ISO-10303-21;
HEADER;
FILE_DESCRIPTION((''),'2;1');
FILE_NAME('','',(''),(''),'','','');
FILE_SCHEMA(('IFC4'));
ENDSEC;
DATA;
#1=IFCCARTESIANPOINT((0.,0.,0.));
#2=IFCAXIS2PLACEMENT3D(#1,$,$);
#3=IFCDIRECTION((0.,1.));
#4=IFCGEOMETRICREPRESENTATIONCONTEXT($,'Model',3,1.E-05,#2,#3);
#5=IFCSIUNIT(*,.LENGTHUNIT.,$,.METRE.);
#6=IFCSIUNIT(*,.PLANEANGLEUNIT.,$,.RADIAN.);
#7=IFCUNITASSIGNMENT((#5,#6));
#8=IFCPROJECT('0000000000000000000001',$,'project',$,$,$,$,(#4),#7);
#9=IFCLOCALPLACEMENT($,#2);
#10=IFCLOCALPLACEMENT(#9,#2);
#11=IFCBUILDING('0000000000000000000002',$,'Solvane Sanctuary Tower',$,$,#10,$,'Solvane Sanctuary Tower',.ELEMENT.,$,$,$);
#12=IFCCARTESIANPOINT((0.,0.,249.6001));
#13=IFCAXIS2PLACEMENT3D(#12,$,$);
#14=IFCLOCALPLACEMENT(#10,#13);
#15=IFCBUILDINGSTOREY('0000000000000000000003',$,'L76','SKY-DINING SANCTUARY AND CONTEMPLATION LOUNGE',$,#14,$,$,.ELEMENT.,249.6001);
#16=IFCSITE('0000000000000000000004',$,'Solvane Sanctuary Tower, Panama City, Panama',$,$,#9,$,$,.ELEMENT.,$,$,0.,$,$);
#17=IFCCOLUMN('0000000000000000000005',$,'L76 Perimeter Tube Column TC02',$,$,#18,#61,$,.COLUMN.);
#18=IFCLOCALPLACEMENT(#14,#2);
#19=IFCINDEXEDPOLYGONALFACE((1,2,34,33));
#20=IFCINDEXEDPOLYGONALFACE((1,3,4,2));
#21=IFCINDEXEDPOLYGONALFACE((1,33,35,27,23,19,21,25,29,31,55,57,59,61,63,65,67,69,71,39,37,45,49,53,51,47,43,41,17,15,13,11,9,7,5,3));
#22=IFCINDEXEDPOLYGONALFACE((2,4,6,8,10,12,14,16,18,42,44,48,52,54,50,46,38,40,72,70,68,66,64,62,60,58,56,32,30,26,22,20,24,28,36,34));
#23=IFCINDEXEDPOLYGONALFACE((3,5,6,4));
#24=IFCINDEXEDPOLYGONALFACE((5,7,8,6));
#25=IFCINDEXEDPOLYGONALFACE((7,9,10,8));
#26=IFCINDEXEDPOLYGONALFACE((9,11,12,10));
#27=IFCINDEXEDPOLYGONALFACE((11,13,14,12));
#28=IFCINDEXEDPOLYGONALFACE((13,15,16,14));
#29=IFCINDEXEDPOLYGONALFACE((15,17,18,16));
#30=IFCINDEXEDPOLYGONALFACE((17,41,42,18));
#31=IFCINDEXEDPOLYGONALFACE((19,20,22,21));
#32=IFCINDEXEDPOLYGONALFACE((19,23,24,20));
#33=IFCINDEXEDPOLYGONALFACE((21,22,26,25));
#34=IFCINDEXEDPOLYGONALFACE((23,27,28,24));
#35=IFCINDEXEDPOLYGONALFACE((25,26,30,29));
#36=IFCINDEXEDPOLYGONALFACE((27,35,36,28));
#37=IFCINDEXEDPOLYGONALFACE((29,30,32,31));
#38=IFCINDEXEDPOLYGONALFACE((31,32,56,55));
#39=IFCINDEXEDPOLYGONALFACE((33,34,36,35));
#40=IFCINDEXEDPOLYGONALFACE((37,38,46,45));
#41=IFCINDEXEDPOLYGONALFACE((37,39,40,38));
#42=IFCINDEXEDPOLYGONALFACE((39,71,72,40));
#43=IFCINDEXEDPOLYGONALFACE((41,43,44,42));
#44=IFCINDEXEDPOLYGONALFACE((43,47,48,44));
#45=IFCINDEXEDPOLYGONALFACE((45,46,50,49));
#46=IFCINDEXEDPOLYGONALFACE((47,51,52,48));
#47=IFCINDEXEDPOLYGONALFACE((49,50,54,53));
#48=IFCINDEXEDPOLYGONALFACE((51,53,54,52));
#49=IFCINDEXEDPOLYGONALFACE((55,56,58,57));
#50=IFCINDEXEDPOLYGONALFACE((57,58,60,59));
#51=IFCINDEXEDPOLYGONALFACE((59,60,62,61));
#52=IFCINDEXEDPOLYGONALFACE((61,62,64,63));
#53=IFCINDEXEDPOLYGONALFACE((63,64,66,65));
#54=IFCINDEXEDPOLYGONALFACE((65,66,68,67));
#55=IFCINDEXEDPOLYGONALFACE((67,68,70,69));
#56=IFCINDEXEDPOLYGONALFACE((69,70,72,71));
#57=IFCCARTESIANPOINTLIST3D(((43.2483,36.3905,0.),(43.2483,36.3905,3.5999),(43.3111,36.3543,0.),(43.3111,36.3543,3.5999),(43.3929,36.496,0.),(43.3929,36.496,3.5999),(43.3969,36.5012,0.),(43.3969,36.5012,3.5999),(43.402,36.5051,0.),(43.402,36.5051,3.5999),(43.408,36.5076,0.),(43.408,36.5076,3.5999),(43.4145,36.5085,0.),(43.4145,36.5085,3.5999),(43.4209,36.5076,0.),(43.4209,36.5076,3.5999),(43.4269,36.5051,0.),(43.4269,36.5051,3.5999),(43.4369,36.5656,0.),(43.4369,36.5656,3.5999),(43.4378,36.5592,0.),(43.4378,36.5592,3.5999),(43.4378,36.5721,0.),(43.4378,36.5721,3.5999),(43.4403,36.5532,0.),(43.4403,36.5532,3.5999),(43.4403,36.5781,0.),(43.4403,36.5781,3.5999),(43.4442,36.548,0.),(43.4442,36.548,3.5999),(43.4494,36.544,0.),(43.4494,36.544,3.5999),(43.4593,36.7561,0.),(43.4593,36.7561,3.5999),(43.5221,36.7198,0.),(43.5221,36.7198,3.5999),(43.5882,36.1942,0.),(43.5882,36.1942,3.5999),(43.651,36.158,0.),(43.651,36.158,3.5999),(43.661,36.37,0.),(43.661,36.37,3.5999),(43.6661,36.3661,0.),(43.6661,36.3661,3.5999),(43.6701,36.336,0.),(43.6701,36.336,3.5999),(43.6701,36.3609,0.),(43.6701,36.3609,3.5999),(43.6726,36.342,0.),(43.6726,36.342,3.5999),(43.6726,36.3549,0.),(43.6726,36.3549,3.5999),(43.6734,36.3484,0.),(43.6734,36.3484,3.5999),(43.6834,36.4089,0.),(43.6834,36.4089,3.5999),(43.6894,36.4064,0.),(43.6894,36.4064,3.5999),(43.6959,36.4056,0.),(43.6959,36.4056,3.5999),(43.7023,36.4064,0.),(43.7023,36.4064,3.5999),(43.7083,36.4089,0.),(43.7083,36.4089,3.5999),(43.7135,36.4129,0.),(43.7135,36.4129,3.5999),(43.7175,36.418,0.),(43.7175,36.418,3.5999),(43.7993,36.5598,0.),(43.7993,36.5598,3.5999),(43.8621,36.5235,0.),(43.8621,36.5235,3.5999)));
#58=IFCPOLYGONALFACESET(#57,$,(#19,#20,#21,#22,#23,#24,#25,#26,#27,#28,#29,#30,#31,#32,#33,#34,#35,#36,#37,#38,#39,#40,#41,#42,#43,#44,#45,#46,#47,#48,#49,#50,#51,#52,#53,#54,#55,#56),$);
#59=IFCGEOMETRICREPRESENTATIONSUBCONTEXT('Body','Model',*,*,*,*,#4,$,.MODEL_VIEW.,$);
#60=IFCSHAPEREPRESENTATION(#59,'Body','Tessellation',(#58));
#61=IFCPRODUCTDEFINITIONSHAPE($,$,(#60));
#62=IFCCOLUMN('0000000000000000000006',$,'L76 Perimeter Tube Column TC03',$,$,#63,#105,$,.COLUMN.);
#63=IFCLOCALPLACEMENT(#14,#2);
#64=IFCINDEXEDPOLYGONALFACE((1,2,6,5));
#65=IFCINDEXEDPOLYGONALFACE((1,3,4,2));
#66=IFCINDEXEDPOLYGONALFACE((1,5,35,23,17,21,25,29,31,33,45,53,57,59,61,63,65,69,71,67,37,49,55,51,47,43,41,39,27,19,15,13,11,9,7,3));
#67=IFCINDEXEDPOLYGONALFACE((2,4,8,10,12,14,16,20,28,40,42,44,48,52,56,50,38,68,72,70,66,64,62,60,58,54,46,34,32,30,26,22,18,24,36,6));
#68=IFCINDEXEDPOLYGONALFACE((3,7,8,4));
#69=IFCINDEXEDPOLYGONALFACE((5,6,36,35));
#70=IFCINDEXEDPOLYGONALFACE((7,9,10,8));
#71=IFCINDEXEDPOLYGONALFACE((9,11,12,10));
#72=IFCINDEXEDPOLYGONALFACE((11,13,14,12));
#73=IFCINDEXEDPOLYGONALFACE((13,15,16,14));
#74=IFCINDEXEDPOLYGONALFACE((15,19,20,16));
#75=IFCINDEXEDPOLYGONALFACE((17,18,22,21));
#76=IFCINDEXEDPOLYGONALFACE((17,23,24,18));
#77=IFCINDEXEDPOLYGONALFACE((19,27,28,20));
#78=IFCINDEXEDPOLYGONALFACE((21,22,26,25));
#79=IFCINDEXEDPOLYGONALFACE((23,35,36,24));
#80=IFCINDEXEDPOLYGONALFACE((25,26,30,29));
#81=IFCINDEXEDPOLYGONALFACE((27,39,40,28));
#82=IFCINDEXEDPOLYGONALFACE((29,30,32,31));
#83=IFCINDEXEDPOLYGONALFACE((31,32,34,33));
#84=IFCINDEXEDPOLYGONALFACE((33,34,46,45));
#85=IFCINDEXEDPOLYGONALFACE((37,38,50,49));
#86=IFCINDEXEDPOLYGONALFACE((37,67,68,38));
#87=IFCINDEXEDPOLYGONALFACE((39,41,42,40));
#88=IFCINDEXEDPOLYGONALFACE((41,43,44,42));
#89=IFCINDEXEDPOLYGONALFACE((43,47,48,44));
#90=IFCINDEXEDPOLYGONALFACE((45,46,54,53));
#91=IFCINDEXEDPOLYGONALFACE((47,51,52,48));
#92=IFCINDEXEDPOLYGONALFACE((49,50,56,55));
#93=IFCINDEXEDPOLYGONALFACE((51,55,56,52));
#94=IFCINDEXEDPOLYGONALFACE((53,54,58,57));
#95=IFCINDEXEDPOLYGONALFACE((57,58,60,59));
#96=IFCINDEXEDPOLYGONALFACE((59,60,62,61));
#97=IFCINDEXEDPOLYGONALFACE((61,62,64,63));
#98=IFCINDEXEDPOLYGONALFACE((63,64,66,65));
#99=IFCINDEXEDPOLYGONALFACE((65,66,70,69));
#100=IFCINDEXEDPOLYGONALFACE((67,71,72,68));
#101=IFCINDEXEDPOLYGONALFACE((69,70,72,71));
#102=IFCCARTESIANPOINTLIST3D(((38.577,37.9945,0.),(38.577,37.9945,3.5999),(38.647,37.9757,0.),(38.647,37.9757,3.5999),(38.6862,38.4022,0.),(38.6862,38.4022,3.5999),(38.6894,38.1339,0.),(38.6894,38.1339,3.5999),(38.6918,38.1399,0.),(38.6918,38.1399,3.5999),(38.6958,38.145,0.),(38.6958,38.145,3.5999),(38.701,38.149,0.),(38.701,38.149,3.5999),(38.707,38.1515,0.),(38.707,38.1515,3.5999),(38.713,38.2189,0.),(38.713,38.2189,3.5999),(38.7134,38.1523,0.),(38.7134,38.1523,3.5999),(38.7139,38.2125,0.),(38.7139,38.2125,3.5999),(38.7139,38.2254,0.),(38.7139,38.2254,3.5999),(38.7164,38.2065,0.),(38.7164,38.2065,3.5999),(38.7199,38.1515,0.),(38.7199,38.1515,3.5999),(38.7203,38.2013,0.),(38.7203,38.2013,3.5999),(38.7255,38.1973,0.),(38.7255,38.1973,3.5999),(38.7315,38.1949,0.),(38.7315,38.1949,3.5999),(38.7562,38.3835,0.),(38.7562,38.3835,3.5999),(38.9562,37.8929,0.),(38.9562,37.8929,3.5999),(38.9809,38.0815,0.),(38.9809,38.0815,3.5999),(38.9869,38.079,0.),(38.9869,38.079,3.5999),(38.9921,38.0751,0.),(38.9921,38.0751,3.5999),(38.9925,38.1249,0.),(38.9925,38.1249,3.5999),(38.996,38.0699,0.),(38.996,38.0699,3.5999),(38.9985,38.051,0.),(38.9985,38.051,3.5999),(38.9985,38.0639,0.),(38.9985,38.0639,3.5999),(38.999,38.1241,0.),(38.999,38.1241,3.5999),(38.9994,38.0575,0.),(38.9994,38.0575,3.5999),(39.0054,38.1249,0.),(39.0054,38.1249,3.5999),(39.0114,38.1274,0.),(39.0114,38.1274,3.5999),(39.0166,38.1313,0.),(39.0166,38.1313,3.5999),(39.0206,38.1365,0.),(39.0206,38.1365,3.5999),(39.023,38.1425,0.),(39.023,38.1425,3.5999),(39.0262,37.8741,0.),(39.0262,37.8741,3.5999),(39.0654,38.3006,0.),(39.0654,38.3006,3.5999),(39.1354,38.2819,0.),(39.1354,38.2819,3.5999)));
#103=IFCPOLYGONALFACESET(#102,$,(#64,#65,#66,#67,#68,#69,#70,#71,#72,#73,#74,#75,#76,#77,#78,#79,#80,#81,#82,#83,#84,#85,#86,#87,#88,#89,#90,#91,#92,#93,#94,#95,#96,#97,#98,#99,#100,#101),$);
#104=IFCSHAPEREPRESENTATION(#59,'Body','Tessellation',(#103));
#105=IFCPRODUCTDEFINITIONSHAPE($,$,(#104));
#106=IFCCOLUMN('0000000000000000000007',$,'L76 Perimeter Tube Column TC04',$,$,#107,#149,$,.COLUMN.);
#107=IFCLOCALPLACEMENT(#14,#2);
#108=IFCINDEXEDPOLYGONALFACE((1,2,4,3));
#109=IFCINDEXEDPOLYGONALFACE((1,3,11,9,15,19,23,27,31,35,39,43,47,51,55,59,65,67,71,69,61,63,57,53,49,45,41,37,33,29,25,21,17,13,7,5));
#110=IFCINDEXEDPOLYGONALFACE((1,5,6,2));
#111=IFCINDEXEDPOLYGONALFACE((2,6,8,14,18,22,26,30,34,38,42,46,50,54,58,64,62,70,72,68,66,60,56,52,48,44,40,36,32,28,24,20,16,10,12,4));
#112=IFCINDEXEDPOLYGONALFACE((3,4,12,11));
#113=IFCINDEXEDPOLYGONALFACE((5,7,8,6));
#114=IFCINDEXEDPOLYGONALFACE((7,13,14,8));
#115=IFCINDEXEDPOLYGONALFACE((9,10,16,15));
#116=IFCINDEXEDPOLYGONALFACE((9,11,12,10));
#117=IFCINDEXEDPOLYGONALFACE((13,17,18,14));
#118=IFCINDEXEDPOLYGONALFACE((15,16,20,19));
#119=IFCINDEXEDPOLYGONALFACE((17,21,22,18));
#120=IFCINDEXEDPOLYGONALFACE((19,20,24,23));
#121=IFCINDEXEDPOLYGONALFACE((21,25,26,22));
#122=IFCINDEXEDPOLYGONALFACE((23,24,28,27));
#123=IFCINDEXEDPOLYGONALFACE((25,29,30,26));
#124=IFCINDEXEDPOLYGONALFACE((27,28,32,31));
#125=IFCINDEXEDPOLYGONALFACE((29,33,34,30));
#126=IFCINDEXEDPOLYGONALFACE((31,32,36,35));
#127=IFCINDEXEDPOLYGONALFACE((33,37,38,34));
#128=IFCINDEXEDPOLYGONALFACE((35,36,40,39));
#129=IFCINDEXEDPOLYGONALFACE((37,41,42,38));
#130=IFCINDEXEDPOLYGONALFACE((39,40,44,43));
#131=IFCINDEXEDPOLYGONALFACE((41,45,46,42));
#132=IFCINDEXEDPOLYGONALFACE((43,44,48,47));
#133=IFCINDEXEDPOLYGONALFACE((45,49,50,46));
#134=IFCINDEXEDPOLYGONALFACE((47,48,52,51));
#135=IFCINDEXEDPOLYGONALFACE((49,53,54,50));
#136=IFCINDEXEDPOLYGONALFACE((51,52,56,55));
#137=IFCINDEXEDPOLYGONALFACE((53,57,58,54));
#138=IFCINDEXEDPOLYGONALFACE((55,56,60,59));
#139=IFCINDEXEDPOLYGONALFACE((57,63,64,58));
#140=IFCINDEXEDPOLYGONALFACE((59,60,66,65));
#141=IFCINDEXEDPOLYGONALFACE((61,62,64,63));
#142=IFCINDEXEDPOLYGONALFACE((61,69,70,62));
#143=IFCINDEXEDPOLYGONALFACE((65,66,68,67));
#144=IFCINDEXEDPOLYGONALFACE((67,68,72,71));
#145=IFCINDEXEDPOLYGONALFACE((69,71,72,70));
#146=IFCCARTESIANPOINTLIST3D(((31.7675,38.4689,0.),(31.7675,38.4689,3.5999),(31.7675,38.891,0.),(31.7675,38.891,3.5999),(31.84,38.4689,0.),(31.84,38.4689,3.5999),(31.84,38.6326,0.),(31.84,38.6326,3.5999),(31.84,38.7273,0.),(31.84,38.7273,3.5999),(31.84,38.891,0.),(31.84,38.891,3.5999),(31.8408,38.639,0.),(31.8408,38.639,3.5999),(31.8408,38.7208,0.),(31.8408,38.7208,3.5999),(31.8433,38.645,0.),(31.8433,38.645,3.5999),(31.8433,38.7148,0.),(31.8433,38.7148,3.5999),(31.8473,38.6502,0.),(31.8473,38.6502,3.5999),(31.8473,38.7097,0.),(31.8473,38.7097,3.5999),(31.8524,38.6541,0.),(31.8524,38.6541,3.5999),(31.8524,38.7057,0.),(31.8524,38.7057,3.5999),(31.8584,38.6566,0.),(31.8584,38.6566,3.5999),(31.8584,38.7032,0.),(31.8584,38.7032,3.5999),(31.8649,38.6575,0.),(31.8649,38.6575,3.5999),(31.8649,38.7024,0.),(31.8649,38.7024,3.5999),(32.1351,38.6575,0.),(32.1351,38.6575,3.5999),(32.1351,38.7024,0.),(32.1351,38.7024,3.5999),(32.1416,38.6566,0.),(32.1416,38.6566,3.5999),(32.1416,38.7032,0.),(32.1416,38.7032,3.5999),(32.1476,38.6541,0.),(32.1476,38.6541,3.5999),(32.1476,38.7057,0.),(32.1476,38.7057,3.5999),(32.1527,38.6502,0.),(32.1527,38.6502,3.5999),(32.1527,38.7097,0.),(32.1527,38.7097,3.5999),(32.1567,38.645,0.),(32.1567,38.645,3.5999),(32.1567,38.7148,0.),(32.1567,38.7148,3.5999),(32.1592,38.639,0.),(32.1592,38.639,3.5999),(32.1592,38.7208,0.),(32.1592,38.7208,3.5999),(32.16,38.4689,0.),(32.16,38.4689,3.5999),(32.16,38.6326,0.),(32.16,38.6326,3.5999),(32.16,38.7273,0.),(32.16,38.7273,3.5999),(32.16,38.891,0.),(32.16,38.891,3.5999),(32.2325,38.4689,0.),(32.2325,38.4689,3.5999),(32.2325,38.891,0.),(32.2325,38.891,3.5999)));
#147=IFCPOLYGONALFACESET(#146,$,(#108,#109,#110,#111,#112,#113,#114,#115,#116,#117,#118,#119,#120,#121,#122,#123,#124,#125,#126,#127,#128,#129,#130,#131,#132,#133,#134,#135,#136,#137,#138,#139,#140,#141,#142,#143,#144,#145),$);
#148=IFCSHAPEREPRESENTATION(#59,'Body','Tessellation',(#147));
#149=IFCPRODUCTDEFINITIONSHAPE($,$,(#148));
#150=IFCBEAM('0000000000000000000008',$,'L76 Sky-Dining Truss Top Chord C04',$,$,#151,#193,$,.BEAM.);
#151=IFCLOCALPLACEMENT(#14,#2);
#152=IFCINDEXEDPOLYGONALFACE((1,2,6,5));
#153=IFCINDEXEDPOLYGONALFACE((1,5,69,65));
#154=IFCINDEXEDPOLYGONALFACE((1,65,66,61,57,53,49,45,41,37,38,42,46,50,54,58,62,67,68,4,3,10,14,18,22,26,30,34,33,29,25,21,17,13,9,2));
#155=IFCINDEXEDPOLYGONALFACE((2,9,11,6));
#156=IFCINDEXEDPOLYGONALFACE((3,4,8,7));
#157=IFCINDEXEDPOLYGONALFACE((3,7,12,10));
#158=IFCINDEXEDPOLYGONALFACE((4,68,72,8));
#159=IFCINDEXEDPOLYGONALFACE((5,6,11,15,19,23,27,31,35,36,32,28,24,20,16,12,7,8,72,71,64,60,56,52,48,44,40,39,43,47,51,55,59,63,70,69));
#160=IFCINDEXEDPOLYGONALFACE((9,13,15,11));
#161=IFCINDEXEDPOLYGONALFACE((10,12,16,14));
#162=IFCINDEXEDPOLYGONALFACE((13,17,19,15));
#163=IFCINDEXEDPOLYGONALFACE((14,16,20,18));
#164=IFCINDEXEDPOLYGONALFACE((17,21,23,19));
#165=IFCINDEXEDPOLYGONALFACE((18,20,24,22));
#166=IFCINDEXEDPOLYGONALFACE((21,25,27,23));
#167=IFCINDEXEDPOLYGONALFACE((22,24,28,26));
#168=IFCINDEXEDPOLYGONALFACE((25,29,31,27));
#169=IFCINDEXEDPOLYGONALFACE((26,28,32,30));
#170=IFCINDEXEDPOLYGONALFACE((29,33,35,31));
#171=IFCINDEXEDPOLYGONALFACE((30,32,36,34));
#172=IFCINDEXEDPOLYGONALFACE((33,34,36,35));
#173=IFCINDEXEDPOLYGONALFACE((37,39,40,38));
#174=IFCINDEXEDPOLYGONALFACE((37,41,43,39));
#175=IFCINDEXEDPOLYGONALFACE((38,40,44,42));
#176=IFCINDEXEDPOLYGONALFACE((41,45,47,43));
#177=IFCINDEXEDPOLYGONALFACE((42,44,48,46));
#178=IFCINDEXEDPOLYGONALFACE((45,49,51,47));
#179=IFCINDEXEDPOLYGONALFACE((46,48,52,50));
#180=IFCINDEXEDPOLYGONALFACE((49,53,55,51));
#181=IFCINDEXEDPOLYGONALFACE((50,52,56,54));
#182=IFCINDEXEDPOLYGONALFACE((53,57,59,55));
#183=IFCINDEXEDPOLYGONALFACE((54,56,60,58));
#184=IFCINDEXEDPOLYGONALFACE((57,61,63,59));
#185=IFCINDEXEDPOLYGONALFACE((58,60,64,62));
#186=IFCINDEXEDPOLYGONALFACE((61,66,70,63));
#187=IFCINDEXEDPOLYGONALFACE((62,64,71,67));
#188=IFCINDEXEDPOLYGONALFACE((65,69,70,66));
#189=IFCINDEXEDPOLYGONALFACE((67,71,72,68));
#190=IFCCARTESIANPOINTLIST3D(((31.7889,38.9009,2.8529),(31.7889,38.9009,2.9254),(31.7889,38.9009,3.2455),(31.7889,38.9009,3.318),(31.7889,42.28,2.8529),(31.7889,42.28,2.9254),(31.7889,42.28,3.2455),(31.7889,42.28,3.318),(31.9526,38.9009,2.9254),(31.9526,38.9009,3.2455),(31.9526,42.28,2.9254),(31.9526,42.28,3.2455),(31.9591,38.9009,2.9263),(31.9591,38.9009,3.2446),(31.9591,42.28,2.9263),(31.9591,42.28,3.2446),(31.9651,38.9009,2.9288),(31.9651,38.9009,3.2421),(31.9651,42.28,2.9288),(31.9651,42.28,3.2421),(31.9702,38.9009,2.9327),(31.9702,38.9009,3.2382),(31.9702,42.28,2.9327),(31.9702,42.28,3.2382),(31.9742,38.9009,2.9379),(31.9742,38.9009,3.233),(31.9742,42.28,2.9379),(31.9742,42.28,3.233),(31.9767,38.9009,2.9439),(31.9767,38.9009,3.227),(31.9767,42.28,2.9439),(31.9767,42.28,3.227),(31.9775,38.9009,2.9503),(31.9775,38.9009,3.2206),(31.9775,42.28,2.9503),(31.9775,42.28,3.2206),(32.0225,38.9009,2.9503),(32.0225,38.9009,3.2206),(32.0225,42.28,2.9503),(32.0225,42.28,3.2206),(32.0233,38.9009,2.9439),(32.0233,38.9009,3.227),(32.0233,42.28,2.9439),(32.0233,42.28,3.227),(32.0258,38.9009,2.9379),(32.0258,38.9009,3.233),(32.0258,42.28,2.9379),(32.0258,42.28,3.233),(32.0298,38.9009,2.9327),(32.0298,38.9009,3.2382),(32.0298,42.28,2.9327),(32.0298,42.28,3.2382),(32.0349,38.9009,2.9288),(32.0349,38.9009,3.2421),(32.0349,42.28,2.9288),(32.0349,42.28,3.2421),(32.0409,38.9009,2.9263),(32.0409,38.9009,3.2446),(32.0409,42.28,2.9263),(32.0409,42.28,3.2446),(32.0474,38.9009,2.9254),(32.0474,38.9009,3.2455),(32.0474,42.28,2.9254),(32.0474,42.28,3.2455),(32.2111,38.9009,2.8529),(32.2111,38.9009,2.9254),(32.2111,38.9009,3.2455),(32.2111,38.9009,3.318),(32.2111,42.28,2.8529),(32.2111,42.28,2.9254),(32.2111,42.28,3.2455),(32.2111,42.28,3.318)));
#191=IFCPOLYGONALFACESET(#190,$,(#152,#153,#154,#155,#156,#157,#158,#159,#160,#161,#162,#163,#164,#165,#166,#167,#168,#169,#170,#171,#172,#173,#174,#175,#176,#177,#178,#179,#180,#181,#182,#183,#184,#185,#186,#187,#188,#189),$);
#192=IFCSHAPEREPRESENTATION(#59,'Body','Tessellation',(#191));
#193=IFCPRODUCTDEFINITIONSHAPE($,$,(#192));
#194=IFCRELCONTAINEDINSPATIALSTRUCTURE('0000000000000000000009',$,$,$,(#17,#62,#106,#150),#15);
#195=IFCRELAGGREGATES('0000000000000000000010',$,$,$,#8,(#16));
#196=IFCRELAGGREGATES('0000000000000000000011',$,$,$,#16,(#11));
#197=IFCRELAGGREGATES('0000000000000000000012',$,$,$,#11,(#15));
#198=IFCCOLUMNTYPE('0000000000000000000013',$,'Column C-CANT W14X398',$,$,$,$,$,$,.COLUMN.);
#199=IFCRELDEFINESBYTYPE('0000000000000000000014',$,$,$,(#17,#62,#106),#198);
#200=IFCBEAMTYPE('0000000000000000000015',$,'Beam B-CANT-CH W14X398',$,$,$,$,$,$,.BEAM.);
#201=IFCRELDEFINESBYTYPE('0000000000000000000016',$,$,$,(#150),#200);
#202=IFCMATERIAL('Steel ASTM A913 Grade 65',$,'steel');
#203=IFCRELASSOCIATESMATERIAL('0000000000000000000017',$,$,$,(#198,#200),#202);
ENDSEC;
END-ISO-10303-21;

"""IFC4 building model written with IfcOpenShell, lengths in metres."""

from ifc_helpers import new_model, si_unit, direction, frame, origin, origin_2d, place, context, subcontext, project, spatial, i_section, extrude, material, material_profile, profile_set, type_object, element, save


model = new_model("IFC4")

# Units and contexts
model_context = context("Model", 3, precision=1e-05, world=origin(), true_north=direction((0.0, 1.0)))
body_context = subcontext(model_context, "Body", "Model", "MODEL_VIEW")
ifc_project = project(units=[si_unit("LENGTHUNIT", "METRE"), si_unit("PLANEANGLEUNIT", "RADIAN")], contexts=[model_context])

# Site, building, storey
site_placement = place(None, origin())
site = spatial("IfcSite", under=ifc_project, at=site_placement, Name="Solvane Sanctuary Tower, Panama City, Panama", CompositionType="ELEMENT", RefElevation=0.0)
building_placement = place(site_placement, origin())
building = spatial("IfcBuilding", under=site, at=building_placement, Name="Solvane Sanctuary Tower", LongName="Solvane Sanctuary Tower", CompositionType="ELEMENT")
storey_placement = place(building_placement, frame((0.0, 0.0, 249.6001)))
storey = spatial("IfcBuildingStorey", under=building, at=storey_placement, Name="L76", Description="SKY-DINING SANCTUARY AND CONTEMPLATION LOUNGE", CompositionType="ELEMENT", Elevation=249.6001)

# Columns
ifc_material_1 = material(Name="Steel ASTM A913 Grade 65", Category="steel")
ifc_material_profile_1 = material_profile(ifc_material_1, i_section(OverallWidth=0.4221, OverallDepth=0.4651, WebThickness=0.0449, FlangeThickness=0.0725, FilletRadius=0.0249, at=origin_2d()), Name="W14X398")
ifc_profile_set_1 = profile_set([ifc_material_profile_1], Name="Steel ASTM A913 Grade 65")
column_type = type_object("IfcColumnType", Name="Column C-CANT W14X398", PredefinedType="COLUMN", material=ifc_profile_set_1)
for number, where, z_axis, x_axis, name in (
    (1, (43.5552, 36.457, 0.0), (0.0, 0.0, 1.0), (0.5, 0.866025, 0.0), "L76 Perimeter Tube Column TC02"),
    (2, (38.8562, 38.1382, 0.0), (0.0, 0.0, 1.0), (0.258819, 0.965926, 0.0), "L76 Perimeter Tube Column TC03"),
    (3, (32.0, 38.6799, 0.0), (0.0, 0.0, 1.0), (0.0, 1.0, 0.0), "L76 Perimeter Tube Column TC04"),
):
    element("IfcColumn", number, at=place(storey_placement, frame(where, z_axis=z_axis, x_axis=x_axis)), inside=storey, type_object=column_type, Name=name, PredefinedType="COLUMN", context=body_context, shape_type="SweptSolid", body=[
        extrude(i_section(OverallWidth=0.4221, OverallDepth=0.4651, WebThickness=0.0449, FlangeThickness=0.0725, FilletRadius=0.0249, at=origin_2d()), origin(), (0.0, 0.0, 1.0), 3.5999),
    ])

# Beam
ifc_material_profile_2 = material_profile(ifc_material_1, i_section(OverallWidth=0.4221, OverallDepth=0.4651, WebThickness=0.0449, FlangeThickness=0.0725, FilletRadius=0.0249, at=origin_2d()), Name="W14X398")
ifc_profile_set_2 = profile_set([ifc_material_profile_2], Name="Steel ASTM A913 Grade 65")
beam_type_1 = type_object("IfcBeamType", Name="Beam B-CANT-CH W14X398", PredefinedType="BEAM", material=ifc_profile_set_2)
beam_1_placement = place(storey_placement, frame((32.0, 38.9009, 3.0854), z_axis=(0.0, 1.0, 0.0), x_axis=(-1.0, 0.0, 0.0)))
element("IfcBeam", 4, at=beam_1_placement, inside=storey, type_object=beam_type_1, Name="L76 Sky-Dining Truss Top Chord C04", PredefinedType="BEAM", context=body_context, shape_type="SweptSolid", body=[
    extrude(i_section(OverallWidth=0.4221, OverallDepth=0.4651, WebThickness=0.0449, FlangeThickness=0.0725, FilletRadius=0.0249, at=origin_2d()), origin(), (0.0, 0.0, 1.0), 3.3792),
])

save(model, "model.ifc")
